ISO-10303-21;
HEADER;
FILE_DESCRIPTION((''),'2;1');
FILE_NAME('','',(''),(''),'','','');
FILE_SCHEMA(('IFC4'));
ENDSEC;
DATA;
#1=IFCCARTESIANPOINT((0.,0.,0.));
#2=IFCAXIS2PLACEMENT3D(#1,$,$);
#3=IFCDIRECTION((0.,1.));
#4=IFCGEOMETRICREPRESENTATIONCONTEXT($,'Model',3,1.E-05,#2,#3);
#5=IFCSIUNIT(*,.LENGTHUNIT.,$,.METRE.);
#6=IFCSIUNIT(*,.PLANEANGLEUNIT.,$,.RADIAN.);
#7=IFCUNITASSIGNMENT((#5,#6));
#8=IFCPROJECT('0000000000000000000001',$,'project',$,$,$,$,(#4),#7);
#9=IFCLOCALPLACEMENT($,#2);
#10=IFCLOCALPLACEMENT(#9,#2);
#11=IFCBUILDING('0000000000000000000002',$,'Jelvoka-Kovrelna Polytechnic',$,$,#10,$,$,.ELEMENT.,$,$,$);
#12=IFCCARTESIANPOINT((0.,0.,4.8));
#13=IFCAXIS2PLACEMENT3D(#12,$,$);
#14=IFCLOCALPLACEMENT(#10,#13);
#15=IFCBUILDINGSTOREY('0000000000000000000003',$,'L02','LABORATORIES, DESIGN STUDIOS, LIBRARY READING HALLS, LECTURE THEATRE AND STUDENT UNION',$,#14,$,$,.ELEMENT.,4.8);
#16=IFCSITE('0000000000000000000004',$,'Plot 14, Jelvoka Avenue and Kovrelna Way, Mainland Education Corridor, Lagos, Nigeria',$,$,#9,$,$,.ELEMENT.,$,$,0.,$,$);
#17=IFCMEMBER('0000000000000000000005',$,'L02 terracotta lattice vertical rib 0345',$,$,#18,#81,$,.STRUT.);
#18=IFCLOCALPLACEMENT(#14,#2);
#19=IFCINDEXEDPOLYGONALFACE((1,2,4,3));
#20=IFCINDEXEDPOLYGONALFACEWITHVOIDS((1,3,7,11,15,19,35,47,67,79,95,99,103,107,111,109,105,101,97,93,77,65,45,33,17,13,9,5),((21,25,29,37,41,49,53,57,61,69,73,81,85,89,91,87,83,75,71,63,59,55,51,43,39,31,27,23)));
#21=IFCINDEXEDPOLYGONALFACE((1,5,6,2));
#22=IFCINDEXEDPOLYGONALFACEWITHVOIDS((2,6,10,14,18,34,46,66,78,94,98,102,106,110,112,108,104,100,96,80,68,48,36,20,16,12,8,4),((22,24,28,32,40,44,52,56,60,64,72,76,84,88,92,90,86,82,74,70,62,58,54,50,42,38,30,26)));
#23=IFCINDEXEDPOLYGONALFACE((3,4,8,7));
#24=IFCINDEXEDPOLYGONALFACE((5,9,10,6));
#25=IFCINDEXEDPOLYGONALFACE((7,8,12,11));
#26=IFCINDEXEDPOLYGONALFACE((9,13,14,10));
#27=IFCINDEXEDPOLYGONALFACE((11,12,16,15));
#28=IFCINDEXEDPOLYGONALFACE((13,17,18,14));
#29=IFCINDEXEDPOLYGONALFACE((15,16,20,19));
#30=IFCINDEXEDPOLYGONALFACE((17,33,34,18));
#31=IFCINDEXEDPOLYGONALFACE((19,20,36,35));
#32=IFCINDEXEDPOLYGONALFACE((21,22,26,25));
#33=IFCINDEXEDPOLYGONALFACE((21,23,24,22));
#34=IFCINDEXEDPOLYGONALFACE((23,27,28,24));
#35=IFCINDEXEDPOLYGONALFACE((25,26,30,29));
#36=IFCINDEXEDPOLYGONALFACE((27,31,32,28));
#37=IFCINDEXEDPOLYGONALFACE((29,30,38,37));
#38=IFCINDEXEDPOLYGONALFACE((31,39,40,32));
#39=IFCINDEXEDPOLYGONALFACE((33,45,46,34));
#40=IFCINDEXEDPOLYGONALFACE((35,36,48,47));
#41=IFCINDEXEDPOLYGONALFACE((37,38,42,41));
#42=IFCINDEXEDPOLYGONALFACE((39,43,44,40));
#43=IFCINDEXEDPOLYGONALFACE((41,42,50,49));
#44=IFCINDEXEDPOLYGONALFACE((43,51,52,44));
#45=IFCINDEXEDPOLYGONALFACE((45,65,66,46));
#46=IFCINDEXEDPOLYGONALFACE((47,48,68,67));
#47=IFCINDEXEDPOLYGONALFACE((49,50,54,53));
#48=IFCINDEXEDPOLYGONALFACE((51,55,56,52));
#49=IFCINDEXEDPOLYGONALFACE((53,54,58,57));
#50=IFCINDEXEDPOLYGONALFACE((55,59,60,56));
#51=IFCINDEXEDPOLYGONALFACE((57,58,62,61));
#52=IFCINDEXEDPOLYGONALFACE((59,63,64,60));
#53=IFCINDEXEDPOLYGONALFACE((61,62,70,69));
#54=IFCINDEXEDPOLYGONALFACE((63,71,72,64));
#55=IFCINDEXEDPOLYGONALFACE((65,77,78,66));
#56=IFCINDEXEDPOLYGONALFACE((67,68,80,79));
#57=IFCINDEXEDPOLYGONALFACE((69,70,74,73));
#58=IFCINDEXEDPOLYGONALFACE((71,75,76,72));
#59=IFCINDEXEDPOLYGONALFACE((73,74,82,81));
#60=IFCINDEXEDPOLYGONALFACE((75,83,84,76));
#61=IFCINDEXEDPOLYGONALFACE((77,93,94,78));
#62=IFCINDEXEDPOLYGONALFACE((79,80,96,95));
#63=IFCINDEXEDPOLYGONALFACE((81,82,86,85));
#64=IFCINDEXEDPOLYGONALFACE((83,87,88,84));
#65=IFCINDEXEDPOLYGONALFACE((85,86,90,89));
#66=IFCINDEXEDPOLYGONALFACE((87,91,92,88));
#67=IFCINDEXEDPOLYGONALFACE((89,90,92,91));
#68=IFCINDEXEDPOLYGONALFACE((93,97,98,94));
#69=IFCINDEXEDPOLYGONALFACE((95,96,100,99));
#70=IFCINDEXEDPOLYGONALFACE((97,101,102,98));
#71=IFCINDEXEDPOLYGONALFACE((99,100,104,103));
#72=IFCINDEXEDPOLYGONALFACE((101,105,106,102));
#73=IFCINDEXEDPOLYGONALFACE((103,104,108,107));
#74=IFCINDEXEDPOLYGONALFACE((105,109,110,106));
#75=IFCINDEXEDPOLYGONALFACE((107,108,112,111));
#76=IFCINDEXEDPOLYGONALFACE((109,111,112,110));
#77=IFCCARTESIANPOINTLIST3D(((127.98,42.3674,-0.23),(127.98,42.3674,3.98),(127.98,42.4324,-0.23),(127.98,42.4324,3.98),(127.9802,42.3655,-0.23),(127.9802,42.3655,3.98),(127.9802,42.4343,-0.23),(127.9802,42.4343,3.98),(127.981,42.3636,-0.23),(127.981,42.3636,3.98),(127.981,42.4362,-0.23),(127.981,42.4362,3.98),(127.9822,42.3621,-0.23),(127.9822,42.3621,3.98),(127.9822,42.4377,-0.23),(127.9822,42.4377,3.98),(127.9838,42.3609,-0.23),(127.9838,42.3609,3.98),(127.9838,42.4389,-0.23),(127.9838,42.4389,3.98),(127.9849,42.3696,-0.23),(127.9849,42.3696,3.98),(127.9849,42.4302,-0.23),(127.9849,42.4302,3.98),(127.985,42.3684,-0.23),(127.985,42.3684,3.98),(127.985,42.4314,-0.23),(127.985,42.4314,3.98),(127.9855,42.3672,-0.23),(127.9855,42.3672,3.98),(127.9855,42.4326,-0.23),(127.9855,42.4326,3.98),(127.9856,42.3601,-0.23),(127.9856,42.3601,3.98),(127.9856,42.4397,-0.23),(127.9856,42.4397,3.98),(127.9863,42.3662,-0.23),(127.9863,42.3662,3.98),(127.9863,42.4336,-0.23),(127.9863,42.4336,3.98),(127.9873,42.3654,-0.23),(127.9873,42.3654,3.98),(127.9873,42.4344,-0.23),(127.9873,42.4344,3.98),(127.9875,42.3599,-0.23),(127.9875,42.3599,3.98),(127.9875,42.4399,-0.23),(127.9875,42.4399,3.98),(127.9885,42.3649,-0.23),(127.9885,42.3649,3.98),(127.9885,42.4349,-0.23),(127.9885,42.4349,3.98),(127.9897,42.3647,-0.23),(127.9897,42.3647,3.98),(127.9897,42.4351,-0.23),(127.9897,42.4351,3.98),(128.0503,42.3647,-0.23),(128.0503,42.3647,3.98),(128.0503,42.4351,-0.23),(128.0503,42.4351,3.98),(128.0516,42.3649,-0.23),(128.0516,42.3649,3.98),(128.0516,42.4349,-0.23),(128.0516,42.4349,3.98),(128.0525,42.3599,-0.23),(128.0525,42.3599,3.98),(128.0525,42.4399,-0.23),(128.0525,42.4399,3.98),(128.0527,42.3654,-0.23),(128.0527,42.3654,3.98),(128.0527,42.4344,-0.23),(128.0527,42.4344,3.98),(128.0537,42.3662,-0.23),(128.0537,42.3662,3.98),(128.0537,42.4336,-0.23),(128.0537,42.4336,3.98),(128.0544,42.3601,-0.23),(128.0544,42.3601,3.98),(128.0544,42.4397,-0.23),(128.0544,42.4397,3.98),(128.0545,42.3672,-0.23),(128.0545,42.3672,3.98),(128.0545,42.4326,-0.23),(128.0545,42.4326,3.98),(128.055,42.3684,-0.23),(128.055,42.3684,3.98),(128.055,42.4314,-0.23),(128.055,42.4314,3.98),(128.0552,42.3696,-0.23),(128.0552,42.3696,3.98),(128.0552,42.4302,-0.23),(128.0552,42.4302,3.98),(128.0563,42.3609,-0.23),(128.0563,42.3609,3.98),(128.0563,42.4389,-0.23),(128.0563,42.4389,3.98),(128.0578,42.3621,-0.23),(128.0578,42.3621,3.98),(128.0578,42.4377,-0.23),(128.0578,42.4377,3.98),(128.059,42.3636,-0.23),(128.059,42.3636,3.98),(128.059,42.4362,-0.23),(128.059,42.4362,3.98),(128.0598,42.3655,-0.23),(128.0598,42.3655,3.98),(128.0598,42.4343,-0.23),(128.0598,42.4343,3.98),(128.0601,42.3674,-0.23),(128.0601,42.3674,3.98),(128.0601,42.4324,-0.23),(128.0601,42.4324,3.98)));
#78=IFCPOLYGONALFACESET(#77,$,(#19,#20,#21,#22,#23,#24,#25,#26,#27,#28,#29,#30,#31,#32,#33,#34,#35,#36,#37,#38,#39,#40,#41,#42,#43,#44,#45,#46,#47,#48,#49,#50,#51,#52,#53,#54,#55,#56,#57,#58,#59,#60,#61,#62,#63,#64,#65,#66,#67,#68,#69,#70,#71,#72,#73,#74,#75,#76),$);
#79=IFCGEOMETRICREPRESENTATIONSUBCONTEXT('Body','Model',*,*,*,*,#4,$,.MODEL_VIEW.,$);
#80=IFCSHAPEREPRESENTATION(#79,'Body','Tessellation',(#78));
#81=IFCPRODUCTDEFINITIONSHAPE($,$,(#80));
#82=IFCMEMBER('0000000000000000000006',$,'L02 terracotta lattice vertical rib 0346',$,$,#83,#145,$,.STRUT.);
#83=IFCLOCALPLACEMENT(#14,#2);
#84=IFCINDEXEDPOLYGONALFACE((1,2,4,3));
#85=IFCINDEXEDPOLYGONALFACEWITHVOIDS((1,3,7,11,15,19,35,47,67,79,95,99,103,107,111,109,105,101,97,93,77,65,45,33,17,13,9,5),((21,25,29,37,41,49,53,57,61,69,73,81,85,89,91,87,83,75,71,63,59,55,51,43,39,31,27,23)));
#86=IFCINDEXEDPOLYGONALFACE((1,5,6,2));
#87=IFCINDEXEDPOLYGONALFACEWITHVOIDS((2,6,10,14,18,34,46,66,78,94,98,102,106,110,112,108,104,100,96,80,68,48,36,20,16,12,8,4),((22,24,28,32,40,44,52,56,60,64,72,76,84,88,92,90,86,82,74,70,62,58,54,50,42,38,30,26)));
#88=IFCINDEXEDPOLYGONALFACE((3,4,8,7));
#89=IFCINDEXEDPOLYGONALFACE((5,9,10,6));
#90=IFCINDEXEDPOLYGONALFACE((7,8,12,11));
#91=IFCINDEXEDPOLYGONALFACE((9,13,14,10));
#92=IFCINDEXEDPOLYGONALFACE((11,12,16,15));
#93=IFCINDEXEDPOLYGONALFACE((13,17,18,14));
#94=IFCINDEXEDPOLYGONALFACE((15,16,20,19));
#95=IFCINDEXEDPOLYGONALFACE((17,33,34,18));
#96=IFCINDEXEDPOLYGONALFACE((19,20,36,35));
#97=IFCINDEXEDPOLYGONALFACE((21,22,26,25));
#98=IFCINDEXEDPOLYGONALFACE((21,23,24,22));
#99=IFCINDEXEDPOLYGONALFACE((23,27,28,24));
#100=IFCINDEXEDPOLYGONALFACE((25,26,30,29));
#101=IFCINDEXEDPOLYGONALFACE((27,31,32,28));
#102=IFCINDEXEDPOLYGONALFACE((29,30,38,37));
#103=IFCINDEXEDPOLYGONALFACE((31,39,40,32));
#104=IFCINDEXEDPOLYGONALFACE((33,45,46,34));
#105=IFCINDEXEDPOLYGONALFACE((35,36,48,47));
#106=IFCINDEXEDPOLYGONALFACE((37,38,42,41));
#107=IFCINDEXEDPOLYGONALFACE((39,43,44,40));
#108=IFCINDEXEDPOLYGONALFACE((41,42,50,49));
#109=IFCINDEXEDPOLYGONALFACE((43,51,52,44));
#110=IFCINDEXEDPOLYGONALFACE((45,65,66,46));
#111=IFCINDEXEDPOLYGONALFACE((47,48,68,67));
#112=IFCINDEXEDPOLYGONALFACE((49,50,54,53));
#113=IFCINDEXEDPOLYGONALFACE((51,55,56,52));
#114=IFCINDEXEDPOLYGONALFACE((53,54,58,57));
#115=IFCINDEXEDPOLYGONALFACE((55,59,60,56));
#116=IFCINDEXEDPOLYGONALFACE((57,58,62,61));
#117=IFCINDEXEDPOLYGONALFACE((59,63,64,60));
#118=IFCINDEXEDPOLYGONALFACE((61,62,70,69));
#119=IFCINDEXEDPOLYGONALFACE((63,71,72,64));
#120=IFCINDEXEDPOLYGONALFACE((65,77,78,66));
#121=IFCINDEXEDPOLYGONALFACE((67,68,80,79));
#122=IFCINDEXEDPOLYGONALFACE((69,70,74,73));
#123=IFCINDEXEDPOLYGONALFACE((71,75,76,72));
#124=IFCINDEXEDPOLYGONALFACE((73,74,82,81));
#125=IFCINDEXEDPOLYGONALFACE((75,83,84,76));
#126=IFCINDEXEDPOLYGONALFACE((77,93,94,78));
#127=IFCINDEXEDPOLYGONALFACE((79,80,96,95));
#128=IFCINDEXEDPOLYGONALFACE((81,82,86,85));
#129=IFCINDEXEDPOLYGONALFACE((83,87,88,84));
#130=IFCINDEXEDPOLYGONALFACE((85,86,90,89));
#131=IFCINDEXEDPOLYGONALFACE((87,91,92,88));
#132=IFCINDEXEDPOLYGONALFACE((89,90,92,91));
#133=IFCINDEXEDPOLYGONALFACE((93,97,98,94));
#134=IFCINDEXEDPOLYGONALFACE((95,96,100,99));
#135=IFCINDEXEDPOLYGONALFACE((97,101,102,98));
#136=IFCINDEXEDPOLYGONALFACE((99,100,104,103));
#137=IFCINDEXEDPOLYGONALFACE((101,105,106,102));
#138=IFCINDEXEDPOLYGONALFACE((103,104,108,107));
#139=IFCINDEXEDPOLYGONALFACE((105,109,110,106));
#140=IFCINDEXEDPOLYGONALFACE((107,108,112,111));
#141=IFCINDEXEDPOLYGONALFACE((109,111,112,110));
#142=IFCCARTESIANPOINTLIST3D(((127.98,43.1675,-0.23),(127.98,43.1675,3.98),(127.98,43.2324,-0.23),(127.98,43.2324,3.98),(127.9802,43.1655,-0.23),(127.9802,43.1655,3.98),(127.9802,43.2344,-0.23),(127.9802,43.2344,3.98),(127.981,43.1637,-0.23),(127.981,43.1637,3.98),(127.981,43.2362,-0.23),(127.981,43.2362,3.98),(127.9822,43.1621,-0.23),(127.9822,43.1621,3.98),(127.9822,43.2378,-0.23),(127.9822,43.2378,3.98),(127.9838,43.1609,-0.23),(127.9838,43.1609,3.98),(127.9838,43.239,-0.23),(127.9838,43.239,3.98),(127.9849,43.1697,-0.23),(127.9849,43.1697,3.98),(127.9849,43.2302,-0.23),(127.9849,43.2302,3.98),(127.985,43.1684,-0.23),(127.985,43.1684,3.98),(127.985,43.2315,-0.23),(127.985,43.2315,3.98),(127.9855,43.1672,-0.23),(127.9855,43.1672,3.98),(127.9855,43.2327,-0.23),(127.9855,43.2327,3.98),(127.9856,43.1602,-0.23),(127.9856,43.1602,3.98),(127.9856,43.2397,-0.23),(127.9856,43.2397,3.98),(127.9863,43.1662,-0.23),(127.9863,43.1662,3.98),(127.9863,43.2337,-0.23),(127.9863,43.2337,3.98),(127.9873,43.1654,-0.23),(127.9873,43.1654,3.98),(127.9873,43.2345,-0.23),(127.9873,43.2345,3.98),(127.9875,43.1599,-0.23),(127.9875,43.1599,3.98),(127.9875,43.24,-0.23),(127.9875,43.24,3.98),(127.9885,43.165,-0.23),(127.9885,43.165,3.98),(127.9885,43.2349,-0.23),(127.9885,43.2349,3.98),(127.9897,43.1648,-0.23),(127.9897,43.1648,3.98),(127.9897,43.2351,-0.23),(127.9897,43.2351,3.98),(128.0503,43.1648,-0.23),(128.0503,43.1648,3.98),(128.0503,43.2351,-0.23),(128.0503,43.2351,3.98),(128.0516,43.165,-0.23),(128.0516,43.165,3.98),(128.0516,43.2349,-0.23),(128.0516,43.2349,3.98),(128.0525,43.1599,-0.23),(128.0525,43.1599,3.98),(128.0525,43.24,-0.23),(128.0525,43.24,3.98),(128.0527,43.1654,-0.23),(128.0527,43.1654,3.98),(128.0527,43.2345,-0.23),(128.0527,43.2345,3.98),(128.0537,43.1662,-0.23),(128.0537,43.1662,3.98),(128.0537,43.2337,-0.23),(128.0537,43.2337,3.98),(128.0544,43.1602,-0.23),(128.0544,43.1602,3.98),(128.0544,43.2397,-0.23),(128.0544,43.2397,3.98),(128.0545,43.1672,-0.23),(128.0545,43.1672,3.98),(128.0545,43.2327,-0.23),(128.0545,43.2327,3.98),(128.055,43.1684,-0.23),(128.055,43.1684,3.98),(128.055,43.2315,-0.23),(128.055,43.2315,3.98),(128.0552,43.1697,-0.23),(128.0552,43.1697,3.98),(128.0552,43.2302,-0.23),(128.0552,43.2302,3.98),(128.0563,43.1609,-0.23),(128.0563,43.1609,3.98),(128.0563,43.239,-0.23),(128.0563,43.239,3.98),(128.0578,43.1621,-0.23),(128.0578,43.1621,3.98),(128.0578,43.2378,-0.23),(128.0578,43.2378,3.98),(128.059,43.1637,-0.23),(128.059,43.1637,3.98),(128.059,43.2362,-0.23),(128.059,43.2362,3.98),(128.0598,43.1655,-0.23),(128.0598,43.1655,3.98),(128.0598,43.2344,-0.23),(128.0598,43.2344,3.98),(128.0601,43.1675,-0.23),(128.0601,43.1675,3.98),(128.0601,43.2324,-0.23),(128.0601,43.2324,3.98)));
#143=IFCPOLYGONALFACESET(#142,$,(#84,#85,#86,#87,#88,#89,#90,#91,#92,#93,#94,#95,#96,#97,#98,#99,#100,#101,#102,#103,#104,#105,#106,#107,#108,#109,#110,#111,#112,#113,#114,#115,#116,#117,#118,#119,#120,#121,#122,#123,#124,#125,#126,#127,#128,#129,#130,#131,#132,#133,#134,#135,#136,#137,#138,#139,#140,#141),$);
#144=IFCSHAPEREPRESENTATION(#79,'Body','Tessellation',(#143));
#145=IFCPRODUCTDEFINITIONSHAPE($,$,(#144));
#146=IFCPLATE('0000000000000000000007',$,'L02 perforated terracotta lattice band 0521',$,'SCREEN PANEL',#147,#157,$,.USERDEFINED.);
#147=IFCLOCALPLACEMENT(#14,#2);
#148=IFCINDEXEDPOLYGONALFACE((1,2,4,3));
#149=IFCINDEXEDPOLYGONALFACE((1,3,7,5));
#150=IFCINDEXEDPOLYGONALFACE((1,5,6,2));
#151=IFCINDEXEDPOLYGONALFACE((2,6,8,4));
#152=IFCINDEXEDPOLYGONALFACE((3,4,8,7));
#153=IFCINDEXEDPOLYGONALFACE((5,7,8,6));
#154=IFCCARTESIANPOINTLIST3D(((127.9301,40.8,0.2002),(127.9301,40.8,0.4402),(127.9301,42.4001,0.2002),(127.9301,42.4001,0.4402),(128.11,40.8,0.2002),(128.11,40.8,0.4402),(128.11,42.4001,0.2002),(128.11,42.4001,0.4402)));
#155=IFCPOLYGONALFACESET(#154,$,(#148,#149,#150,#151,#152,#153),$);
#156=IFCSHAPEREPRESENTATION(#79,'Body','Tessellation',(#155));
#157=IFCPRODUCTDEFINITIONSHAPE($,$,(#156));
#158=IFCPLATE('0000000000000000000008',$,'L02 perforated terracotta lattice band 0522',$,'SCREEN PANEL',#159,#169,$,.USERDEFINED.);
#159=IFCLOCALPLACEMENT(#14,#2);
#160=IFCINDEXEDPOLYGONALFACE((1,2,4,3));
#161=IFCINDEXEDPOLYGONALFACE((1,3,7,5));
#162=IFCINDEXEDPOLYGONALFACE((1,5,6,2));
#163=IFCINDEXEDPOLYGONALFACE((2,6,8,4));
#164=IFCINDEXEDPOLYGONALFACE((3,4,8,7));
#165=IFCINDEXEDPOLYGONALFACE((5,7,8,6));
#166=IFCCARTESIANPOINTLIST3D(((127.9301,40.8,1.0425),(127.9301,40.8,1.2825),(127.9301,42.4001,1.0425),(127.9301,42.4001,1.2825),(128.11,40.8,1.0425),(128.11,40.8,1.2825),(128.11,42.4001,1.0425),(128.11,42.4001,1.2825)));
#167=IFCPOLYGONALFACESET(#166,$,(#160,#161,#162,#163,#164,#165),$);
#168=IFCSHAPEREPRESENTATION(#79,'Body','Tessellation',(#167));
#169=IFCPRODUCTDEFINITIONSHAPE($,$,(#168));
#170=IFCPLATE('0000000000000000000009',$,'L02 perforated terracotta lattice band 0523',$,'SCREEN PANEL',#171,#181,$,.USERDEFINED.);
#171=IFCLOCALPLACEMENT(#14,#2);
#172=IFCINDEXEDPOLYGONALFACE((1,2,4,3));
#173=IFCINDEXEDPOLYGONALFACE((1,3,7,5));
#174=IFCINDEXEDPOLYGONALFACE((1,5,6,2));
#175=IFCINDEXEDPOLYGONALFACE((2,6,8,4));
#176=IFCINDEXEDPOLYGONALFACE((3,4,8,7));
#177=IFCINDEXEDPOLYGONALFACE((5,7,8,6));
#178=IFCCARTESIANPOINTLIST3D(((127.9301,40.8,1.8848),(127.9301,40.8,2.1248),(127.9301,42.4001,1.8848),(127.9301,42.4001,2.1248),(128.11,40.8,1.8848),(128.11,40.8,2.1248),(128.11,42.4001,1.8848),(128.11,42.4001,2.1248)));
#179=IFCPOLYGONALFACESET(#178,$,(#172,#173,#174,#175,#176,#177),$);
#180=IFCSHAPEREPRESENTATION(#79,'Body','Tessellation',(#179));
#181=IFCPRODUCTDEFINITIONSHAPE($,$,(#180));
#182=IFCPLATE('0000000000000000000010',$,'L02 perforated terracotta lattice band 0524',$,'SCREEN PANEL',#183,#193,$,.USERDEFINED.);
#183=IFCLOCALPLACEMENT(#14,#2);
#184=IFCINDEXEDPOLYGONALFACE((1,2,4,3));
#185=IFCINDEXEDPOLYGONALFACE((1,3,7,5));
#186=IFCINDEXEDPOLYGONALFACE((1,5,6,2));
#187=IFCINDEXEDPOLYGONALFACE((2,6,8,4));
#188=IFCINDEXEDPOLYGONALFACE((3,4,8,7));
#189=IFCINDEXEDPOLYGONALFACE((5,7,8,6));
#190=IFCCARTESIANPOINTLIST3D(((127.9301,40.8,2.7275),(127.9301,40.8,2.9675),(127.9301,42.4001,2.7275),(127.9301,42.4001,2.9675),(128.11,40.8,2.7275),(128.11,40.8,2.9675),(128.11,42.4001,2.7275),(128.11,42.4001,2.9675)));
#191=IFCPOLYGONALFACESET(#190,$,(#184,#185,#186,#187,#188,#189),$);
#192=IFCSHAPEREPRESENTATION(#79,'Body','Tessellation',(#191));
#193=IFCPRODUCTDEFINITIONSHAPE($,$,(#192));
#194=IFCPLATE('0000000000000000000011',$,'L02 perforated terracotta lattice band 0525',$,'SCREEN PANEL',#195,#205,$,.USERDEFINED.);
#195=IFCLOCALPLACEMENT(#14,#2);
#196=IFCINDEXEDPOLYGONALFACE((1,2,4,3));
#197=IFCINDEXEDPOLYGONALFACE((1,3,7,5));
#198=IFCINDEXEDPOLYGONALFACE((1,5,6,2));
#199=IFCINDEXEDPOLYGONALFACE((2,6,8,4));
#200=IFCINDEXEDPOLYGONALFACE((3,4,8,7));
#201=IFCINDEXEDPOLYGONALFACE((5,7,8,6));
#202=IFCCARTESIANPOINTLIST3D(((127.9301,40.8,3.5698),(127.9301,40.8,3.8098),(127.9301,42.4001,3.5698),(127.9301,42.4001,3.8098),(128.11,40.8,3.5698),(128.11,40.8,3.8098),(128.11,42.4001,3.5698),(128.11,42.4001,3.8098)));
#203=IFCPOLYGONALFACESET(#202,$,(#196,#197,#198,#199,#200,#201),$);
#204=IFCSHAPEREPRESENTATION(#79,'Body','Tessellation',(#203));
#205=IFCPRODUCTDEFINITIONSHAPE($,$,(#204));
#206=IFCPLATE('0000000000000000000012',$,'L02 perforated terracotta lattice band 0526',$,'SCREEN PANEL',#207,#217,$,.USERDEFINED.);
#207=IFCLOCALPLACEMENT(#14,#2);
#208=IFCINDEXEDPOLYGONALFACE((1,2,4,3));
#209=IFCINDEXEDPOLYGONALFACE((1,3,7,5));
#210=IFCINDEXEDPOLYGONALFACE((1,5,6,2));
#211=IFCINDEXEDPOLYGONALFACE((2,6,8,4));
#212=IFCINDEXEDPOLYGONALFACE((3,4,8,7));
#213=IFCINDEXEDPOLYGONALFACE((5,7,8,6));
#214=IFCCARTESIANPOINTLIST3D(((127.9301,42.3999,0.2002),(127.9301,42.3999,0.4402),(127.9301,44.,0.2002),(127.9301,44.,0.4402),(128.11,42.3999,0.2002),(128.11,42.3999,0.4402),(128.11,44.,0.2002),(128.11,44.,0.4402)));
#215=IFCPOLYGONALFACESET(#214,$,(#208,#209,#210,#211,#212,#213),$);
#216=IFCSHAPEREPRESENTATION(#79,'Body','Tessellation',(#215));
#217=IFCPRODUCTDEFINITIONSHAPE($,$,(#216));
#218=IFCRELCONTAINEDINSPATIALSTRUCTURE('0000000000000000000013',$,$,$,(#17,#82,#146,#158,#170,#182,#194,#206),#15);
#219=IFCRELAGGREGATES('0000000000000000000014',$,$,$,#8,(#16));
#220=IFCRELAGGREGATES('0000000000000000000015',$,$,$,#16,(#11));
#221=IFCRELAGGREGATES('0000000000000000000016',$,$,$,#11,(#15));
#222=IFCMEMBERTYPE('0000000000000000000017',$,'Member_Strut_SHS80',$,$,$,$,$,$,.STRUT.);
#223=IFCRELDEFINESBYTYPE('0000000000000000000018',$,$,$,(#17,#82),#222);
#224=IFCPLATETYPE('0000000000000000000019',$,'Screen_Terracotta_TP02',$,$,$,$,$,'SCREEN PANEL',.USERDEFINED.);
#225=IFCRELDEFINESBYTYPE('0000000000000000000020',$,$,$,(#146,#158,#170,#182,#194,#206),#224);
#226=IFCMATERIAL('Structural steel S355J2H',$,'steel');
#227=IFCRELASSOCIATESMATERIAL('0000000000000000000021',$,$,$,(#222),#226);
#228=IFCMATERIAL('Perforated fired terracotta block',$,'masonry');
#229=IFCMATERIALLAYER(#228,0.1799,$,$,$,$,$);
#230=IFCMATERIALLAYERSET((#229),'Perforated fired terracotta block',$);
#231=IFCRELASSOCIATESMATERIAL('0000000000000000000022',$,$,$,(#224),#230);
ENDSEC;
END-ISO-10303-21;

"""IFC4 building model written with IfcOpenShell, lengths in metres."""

from ifc_helpers import new_model, si_unit, direction, frame, origin, origin_2d, place, context, subcontext, project, spatial, rectangle, hollow_rectangle, extrude, material, layer, layer_set, material_profile, profile_set, type_object, element, save


model = new_model("IFC4")

# Units and contexts
model_context = context("Model", 3, precision=1e-05, world=origin(), true_north=direction((0.0, 1.0)))
body_context = subcontext(model_context, "Body", "Model", "MODEL_VIEW")
ifc_project = project(units=[si_unit("LENGTHUNIT", "METRE"), si_unit("PLANEANGLEUNIT", "RADIAN")], contexts=[model_context])

# Site, building, storey
site_placement = place(None, origin())
site = spatial("IfcSite", under=ifc_project, at=site_placement, Name="Plot 14, Jelvoka Avenue and Kovrelna Way, Mainland Education Corridor, Lagos, Nigeria", CompositionType="ELEMENT", RefElevation=0.0)
building_placement = place(site_placement, origin())
building = spatial("IfcBuilding", under=site, at=building_placement, Name="Jelvoka-Kovrelna Polytechnic", CompositionType="ELEMENT")
storey_placement = place(building_placement, frame((0.0, 0.0, 4.8)))
storey = spatial("IfcBuildingStorey", under=building, at=storey_placement, Name="L02", Description="LABORATORIES, DESIGN STUDIOS, LIBRARY READING HALLS, LECTURE THEATRE AND STUDENT UNION", CompositionType="ELEMENT", Elevation=4.8)

# Members
ifc_material_1 = material(Name="Structural steel S355J2H", Category="steel")
ifc_material_profile_1 = material_profile(ifc_material_1, hollow_rectangle(XDim=0.0801, YDim=0.0801, WallThickness=0.0049, InnerFilletRadius=0.0049, OuterFilletRadius=0.0076, at=origin_2d()), Name="80x80x5.0 SHS")
ifc_profile_set_1 = profile_set([ifc_material_profile_1], Name="Structural steel S355J2H")
member_type_1 = type_object("IfcMemberType", Name="Member_Strut_SHS80", PredefinedType="STRUT", material=ifc_profile_set_1)
for number, where, z_axis, x_axis, name in (
    (1, (128.02, 42.3999, -0.23), (0.0, 0.0, 1.0), (1.0, 0.0, 0.0), "L02 terracotta lattice vertical rib 0345"),
    (2, (128.02, 43.2, -0.23), (0.0, 0.0, 1.0), (1.0, 0.0, 0.0), "L02 terracotta lattice vertical rib 0346"),
):
    element("IfcMember", number, at=place(storey_placement, frame(where, z_axis=z_axis, x_axis=x_axis)), inside=storey, type_object=member_type_1, Name=name, PredefinedType="STRUT", context=body_context, shape_type="SweptSolid", body=[
        extrude(hollow_rectangle(XDim=0.0801, YDim=0.0801, WallThickness=0.0049, InnerFilletRadius=0.0049, OuterFilletRadius=0.0076, at=origin_2d()), origin(), (0.0, 0.0, 1.0), 4.21),
    ])

# Plates
ifc_material_2 = material(Name="Perforated fired terracotta block", Category="masonry")
ifc_layer_1 = layer(ifc_material_2, 0.1799)
ifc_layer_set_1 = layer_set([ifc_layer_1], Name="Perforated fired terracotta block")
plate_type = type_object("IfcPlateType", Name="Screen_Terracotta_TP02", ElementType="SCREEN PANEL", PredefinedType="USERDEFINED", material=ifc_layer_set_1)
for number, where, z_axis, x_axis, name in (
    (3, (128.02, 41.6001, 0.2002), (0.0, 0.0, 1.0), (0.0, 1.0, 0.0), "L02 perforated terracotta lattice band 0521"),
    (4, (128.02, 41.6001, 1.0425), (0.0, 0.0, 1.0), (0.0, 1.0, 0.0), "L02 perforated terracotta lattice band 0522"),
    (5, (128.02, 41.6001, 1.8848), (0.0, 0.0, 1.0), (0.0, 1.0, 0.0), "L02 perforated terracotta lattice band 0523"),
    (6, (128.02, 41.6001, 2.7275), (0.0, 0.0, 1.0), (0.0, 1.0, 0.0), "L02 perforated terracotta lattice band 0524"),
    (7, (128.02, 41.6001, 3.5698), (0.0, 0.0, 1.0), (0.0, 1.0, 0.0), "L02 perforated terracotta lattice band 0525"),
    (8, (128.02, 43.2, 0.2002), (0.0, 0.0, 1.0), (0.0, 1.0, 0.0), "L02 perforated terracotta lattice band 0526"),
):
    element("IfcPlate", number, at=place(storey_placement, frame(where, z_axis=z_axis, x_axis=x_axis)), inside=storey, type_object=plate_type, Name=name, ObjectType="SCREEN PANEL", PredefinedType="USERDEFINED", context=body_context, shape_type="SweptSolid", body=[
        extrude(rectangle(XDim=1.6001, YDim=0.1799, at=origin_2d()), origin(), (0.0, 0.0, 1.0), 0.24),
    ])

save(model, "model.ifc")
